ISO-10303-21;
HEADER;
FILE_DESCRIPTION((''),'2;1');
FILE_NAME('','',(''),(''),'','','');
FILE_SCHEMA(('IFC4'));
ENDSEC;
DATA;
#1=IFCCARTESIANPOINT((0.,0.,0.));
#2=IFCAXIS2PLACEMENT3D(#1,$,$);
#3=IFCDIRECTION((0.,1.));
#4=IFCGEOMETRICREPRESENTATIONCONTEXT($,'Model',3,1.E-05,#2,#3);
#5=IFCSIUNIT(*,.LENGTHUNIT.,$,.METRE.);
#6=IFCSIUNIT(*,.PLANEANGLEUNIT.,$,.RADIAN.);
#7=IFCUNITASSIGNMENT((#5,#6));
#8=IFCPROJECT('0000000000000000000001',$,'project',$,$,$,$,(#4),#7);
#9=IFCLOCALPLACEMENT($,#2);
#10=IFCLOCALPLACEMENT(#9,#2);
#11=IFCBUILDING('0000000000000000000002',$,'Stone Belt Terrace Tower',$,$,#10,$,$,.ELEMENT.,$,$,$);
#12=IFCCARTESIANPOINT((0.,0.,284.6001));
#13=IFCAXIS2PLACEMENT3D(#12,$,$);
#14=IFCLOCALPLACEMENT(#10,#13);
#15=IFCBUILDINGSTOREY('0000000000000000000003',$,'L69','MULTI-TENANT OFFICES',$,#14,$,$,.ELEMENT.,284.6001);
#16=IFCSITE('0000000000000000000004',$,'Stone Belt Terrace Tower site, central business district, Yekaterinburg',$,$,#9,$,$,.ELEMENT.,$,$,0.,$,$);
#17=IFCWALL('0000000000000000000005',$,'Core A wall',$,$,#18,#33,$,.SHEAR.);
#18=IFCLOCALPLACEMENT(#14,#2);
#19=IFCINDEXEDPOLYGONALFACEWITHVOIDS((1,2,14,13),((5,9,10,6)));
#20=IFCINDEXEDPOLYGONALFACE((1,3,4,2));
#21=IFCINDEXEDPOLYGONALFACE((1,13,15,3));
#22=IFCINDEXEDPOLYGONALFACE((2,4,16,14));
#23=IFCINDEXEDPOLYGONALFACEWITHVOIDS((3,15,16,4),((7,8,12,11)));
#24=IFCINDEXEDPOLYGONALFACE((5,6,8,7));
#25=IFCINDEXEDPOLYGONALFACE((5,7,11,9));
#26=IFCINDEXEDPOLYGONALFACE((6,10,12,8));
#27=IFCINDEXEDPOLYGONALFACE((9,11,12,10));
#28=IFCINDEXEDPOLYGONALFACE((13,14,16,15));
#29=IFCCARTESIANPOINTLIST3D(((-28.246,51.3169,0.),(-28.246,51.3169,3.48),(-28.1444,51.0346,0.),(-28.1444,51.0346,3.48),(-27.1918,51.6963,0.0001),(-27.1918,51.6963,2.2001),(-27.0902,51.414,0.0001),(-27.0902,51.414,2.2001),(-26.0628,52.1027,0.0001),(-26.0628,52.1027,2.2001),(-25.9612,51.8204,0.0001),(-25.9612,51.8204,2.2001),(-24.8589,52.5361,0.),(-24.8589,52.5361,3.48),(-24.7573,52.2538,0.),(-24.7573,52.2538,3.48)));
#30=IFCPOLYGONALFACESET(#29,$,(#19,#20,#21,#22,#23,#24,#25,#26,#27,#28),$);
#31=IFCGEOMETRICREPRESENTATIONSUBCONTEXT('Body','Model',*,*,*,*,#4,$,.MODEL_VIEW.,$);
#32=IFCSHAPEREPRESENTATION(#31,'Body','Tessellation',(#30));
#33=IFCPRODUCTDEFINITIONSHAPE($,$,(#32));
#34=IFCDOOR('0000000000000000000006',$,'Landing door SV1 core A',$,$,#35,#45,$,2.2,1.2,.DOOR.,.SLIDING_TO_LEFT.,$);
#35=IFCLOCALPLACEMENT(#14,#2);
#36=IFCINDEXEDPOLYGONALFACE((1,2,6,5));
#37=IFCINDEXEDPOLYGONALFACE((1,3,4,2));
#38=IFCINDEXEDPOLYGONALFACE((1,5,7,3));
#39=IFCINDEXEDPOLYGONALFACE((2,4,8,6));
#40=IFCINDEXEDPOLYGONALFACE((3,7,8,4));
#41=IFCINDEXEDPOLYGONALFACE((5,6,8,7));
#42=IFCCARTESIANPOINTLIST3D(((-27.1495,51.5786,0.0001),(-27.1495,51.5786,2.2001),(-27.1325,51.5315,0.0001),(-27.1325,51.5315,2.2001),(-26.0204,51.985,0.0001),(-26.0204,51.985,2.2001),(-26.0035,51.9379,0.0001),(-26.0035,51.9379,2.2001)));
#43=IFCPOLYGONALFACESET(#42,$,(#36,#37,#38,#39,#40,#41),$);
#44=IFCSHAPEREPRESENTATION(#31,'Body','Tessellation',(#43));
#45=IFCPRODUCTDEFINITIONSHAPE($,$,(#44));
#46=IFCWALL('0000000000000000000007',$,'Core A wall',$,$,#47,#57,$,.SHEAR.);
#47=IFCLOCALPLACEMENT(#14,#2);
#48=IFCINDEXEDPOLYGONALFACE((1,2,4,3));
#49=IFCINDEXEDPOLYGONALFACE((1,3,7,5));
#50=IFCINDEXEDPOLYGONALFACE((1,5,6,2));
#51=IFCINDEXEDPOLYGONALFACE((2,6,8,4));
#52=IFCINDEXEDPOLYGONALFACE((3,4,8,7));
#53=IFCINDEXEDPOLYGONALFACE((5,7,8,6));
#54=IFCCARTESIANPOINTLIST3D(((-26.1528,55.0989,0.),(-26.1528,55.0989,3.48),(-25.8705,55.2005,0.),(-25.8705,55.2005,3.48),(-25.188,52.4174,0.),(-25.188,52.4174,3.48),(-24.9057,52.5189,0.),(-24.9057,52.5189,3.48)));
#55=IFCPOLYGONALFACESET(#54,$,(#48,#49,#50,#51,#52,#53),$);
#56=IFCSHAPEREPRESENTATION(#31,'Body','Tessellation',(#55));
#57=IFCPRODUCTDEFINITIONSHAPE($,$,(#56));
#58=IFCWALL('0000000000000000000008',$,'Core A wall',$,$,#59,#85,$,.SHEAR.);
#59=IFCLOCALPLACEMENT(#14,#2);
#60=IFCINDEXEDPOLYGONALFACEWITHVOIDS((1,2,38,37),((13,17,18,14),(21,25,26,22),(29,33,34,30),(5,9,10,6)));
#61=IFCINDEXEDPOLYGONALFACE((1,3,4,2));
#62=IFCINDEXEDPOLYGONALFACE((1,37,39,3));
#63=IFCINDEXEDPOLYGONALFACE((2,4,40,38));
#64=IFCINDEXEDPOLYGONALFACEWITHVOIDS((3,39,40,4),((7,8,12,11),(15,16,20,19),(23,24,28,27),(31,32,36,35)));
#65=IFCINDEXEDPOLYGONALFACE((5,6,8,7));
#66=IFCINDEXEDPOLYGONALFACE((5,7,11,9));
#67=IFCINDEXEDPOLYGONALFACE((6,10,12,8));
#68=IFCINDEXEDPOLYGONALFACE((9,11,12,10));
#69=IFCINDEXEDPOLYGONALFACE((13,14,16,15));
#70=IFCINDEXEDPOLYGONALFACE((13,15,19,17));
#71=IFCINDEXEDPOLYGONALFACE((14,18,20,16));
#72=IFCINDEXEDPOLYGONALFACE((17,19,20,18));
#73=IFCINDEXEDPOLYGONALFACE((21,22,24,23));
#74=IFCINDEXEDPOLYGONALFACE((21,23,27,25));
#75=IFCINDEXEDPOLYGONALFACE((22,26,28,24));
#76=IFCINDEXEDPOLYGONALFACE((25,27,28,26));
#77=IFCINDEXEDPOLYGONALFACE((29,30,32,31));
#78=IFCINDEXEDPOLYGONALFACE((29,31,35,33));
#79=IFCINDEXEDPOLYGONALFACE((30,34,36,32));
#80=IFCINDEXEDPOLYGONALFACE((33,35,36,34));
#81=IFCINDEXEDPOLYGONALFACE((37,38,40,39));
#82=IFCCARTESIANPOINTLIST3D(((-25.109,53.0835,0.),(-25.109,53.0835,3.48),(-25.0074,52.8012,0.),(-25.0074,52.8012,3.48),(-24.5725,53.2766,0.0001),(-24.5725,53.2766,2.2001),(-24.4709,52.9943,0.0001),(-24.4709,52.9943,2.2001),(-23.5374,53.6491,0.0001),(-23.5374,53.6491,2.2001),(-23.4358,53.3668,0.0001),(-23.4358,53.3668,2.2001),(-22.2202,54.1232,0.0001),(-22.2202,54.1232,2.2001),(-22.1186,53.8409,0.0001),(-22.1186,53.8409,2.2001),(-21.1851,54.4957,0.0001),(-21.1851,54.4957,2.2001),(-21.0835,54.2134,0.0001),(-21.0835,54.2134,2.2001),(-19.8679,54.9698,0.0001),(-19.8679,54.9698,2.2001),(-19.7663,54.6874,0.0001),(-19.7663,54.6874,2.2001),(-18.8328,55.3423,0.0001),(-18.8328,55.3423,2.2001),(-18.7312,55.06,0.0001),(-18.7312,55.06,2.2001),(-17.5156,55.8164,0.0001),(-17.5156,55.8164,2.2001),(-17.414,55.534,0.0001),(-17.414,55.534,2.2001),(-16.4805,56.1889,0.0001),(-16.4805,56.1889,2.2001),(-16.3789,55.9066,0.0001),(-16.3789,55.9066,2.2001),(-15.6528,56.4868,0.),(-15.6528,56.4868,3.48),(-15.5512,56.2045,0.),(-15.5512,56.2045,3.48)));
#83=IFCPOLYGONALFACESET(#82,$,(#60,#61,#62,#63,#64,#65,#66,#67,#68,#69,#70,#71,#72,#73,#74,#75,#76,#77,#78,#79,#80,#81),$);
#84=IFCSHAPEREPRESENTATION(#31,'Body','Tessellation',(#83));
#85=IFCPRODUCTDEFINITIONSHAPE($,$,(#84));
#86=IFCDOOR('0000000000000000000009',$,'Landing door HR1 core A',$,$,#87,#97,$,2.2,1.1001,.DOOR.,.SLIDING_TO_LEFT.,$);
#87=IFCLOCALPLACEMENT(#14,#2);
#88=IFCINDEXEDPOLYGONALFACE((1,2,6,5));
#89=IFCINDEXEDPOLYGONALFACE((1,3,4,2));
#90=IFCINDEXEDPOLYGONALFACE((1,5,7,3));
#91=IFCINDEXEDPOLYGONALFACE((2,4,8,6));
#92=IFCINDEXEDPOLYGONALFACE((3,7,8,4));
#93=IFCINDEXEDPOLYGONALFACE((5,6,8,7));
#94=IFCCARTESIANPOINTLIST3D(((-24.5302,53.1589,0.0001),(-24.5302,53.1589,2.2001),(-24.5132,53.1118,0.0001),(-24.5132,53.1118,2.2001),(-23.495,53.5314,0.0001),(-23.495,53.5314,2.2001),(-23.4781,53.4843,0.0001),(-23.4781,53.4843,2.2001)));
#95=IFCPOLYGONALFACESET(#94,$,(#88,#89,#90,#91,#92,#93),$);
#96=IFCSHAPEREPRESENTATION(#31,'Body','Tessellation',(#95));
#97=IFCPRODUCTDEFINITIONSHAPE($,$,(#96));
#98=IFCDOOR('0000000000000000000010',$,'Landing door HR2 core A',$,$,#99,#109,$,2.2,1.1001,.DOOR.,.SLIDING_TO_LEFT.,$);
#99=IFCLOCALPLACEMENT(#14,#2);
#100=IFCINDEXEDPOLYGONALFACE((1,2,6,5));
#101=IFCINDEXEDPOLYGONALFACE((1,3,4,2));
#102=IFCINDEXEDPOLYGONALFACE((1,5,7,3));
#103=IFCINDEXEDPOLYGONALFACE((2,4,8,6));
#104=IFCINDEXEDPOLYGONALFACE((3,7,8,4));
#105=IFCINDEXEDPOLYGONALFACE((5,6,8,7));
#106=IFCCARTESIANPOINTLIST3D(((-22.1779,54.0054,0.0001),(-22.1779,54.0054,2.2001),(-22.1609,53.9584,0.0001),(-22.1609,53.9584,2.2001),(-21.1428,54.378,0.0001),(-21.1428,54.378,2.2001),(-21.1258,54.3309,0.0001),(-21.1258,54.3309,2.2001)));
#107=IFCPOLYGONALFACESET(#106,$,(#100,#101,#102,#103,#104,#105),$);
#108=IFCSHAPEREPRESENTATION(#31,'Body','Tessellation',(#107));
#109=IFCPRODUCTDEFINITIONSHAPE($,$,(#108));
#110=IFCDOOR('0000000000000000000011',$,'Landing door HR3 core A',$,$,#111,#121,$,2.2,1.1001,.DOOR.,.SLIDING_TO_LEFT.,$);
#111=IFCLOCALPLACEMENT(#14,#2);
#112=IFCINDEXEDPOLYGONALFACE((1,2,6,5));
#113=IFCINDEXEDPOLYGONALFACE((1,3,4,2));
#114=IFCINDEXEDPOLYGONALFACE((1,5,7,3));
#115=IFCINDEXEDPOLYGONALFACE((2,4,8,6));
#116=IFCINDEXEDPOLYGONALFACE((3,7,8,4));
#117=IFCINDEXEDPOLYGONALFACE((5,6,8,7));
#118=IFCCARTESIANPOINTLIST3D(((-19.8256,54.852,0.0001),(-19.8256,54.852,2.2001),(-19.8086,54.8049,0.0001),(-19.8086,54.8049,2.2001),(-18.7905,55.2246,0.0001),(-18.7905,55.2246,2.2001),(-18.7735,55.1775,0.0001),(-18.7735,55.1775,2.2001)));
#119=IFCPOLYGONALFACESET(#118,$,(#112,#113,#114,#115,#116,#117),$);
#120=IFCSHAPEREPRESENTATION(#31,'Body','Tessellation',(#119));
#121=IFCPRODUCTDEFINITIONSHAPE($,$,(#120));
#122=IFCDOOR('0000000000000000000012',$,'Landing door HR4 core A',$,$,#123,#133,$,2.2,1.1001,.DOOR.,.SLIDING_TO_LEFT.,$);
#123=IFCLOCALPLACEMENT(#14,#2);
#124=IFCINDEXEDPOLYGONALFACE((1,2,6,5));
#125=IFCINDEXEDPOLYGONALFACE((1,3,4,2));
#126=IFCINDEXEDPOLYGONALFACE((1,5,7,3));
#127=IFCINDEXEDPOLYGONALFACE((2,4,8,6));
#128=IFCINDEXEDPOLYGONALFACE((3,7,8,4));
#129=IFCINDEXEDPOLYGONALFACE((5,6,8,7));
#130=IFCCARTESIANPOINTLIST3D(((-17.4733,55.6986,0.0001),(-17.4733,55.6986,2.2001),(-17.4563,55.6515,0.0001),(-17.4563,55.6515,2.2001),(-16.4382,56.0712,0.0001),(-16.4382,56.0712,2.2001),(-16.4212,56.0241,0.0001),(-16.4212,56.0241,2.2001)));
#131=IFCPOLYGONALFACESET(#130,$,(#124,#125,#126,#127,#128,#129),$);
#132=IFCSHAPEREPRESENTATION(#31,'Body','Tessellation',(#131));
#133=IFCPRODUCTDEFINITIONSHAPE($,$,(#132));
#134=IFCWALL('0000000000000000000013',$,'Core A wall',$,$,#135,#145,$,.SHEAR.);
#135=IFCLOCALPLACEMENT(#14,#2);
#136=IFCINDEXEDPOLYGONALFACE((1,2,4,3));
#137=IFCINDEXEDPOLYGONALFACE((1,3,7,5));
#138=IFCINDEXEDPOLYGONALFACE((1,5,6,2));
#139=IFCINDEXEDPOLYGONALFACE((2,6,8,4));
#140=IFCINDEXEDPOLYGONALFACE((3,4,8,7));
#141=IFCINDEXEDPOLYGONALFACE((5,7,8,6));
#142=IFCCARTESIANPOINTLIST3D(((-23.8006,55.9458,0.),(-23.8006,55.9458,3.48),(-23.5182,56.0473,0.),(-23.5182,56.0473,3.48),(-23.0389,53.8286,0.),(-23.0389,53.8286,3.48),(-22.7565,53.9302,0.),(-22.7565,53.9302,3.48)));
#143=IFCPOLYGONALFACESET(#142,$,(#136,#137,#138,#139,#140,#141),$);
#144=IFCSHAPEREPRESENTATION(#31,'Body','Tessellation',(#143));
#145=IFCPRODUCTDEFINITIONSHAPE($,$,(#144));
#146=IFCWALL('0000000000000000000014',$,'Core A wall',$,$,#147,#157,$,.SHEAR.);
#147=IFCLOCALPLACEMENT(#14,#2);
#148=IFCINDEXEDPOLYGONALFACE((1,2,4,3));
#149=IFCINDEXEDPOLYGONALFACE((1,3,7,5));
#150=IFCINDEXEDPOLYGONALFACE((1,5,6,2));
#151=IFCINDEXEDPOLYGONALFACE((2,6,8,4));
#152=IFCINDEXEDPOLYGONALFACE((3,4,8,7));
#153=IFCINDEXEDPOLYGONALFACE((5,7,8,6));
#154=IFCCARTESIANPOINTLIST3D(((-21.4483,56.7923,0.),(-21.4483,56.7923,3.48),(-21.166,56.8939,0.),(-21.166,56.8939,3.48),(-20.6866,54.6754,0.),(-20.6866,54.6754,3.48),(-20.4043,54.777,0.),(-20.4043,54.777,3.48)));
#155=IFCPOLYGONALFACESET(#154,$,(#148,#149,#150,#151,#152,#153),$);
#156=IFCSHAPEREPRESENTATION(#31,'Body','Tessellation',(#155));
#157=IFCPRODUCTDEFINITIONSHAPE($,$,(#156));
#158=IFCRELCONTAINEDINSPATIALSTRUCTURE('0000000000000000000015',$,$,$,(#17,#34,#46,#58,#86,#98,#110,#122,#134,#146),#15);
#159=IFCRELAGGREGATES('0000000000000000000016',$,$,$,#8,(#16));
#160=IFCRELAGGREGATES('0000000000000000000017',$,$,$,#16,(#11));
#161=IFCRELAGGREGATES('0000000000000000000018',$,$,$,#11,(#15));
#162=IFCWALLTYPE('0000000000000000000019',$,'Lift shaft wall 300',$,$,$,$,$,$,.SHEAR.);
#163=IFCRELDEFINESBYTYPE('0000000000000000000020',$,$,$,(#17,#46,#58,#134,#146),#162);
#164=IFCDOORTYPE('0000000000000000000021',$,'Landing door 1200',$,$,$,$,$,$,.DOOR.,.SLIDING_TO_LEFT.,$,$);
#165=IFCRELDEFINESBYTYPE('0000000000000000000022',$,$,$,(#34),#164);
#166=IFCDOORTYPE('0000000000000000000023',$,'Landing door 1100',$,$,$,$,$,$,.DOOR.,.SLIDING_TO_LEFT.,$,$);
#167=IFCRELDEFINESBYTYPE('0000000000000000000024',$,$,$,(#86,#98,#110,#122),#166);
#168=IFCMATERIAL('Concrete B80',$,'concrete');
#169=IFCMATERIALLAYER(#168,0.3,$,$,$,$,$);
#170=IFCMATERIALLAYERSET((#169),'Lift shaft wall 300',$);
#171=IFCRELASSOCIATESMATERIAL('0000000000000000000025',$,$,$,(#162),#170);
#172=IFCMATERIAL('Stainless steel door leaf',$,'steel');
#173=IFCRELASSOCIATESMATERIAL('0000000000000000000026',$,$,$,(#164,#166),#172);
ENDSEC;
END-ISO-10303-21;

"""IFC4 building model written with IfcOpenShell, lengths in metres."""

from ifc_helpers import new_model, si_unit, direction, frame, frame_2d, origin, place, context, subcontext, project, spatial, rectangle, extrude, material, layer, layer_set, type_object, element, fill, save


model = new_model("IFC4")

# Units and contexts
model_context = context("Model", 3, precision=1e-05, world=origin(), true_north=direction((0.0, 1.0)))
body_context = subcontext(model_context, "Body", "Model", "MODEL_VIEW")
ifc_project = project(units=[si_unit("LENGTHUNIT", "METRE"), si_unit("PLANEANGLEUNIT", "RADIAN")], contexts=[model_context])

# Site, building, storey
site_placement = place(None, origin())
site = spatial("IfcSite", under=ifc_project, at=site_placement, Name="Stone Belt Terrace Tower site, central business district, Yekaterinburg", CompositionType="ELEMENT", RefElevation=0.0)
building_placement = place(site_placement, origin())
building = spatial("IfcBuilding", under=site, at=building_placement, Name="Stone Belt Terrace Tower", CompositionType="ELEMENT")
storey_placement = place(building_placement, frame((0.0, 0.0, 284.6001)))
storey = spatial("IfcBuildingStorey", under=building, at=storey_placement, Name="L69", Description="MULTI-TENANT OFFICES", CompositionType="ELEMENT", Elevation=284.6001)

# Shared definitions
ifc_material_1 = material(Name="Concrete B80", Category="concrete")

# Wall, opening, door
ifc_layer_1 = layer(ifc_material_1, 0.3)
ifc_layer_set_1 = layer_set([ifc_layer_1], Name="Lift shaft wall 300")
wall_type_1 = type_object("IfcWallType", Name="Lift shaft wall 300", PredefinedType="SHEAR", material=ifc_layer_set_1)
wall_1_placement = place(storey_placement, frame((-28.1951, 51.1758, 0.0), z_axis=(0.0, 0.0, 1.0), x_axis=(0.940901, 0.338681, 0.0)))
wall_1 = element("IfcWall", 1, at=wall_1_placement, inside=storey, type_object=wall_type_1, Name="Core A wall", PredefinedType="SHEAR", context=body_context, shape_type="SweptSolid", body=[
    extrude(rectangle(XDim=3.5999, YDim=0.3, at=frame_2d((1.7998, 0.0))), origin(), (0.0, 0.0, 1.0), 3.48),
])
opening_1_placement = place(wall_1_placement, frame((1.1201, 0.0, 0.0)))
opening_1 = element("IfcOpeningElement", 2, at=opening_1_placement, cuts=wall_1, PredefinedType="OPENING", context=body_context, shape_type="SweptSolid", body=[
    extrude(rectangle(XDim=1.2, YDim=2.2, at=frame_2d((0.6001, 1.1001))), frame((0.0, 0.1599, 0.0), z_axis=(0.0, -1.0, 0.0), x_axis=(1.0, 0.0, 0.0)), (0.0, 0.0, 1.0), 0.3201),
])
ifc_material_2 = material(Name="Stainless steel door leaf", Category="steel")
door_type_1 = type_object("IfcDoorType", Name="Landing door 1200", OperationType="SLIDING_TO_LEFT", PredefinedType="DOOR", material=ifc_material_2)
door_1_placement = place(opening_1_placement, origin())
door_1 = element("IfcDoor", 3, at=door_1_placement, inside=storey, type_object=door_type_1, Name="Landing door SV1 core A", OperationType="SLIDING_TO_LEFT", OverallHeight=2.2, OverallWidth=1.2, PredefinedType="DOOR", context=body_context, shape_type="SweptSolid", body=[
    extrude(rectangle(XDim=1.2, YDim=2.2, at=frame_2d((0.6001, 1.1001))), frame((0.0, 0.0249, 0.0), z_axis=(0.0, -1.0, 0.0), x_axis=(1.0, 0.0, 0.0)), (0.0, 0.0, 1.0), 0.05),
])
fill(opening_1, door_1)

# Wall
wall_2_placement = place(storey_placement, frame((-25.0469, 52.4683, 0.0), z_axis=(0.0, 0.0, 1.0), x_axis=(-0.33855, 0.940949, 0.0)))
element("IfcWall", 4, at=wall_2_placement, inside=storey, type_object=wall_type_1, Name="Core A wall", PredefinedType="SHEAR", context=body_context, shape_type="SweptSolid", body=[
    extrude(rectangle(XDim=2.8499, YDim=0.3, at=frame_2d((1.4248, 0.0))), origin(), (0.0, 0.0, 1.0), 3.48),
])

# Wall, openings, doors
wall_3_placement = place(storey_placement, frame((-25.0581, 52.9424, 0.0), z_axis=(0.0, 0.0, 1.0), x_axis=(0.940917, 0.338636, 0.0)))
wall_3 = element("IfcWall", 5, at=wall_3_placement, inside=storey, type_object=wall_type_1, Name="Core A wall", PredefinedType="SHEAR", context=body_context, shape_type="SweptSolid", body=[
    extrude(rectangle(XDim=10.05, YDim=0.3, at=frame_2d((5.0249, 0.0))), origin(), (0.0, 0.0, 1.0), 3.48),
])
opening_2_placement = place(wall_3_placement, frame((0.5701, 0.0, 0.0)))
opening_2 = element("IfcOpeningElement", 6, at=opening_2_placement, cuts=wall_3, PredefinedType="OPENING", context=body_context, shape_type="SweptSolid", body=[
    extrude(rectangle(XDim=1.1001, YDim=2.2, at=frame_2d((0.55, 1.1001))), frame((0.0, 0.1599, 0.0), z_axis=(0.0, -1.0, 0.0), x_axis=(1.0, 0.0, 0.0)), (0.0, 0.0, 1.0), 0.3201),
])
opening_3_placement = place(wall_3_placement, frame((3.0701, 0.0, 0.0)))
opening_3 = element("IfcOpeningElement", 7, at=opening_3_placement, cuts=wall_3, PredefinedType="OPENING", context=body_context, shape_type="SweptSolid", body=[
    extrude(rectangle(XDim=1.1001, YDim=2.2, at=frame_2d((0.55, 1.1001))), frame((0.0, 0.1599, 0.0), z_axis=(0.0, -1.0, 0.0), x_axis=(1.0, 0.0, 0.0)), (0.0, 0.0, 1.0), 0.3201),
])
opening_4_placement = place(wall_3_placement, frame((5.5701, 0.0, 0.0)))
opening_4 = element("IfcOpeningElement", 8, at=opening_4_placement, cuts=wall_3, PredefinedType="OPENING", context=body_context, shape_type="SweptSolid", body=[
    extrude(rectangle(XDim=1.1001, YDim=2.2, at=frame_2d((0.55, 1.1001))), frame((0.0, 0.1599, 0.0), z_axis=(0.0, -1.0, 0.0), x_axis=(1.0, 0.0, 0.0)), (0.0, 0.0, 1.0), 0.3201),
])
opening_5_placement = place(wall_3_placement, frame((8.0701, 0.0, 0.0)))
opening_5 = element("IfcOpeningElement", 9, at=opening_5_placement, cuts=wall_3, PredefinedType="OPENING", context=body_context, shape_type="SweptSolid", body=[
    extrude(rectangle(XDim=1.1001, YDim=2.2, at=frame_2d((0.55, 1.1001))), frame((0.0, 0.1599, 0.0), z_axis=(0.0, -1.0, 0.0), x_axis=(1.0, 0.0, 0.0)), (0.0, 0.0, 1.0), 0.3201),
])
door_type_2 = type_object("IfcDoorType", Name="Landing door 1100", OperationType="SLIDING_TO_LEFT", PredefinedType="DOOR", material=ifc_material_2)
door_2_placement = place(opening_2_placement, origin())
door_2 = element("IfcDoor", 10, at=door_2_placement, inside=storey, type_object=door_type_2, Name="Landing door HR1 core A", OperationType="SLIDING_TO_LEFT", OverallHeight=2.2, OverallWidth=1.1001, PredefinedType="DOOR", context=body_context, shape_type="SweptSolid", body=[
    extrude(rectangle(XDim=1.1001, YDim=2.2, at=frame_2d((0.55, 1.1001))), frame((0.0, 0.0249, 0.0), z_axis=(0.0, -1.0, 0.0), x_axis=(1.0, 0.0, 0.0)), (0.0, 0.0, 1.0), 0.05),
])
fill(opening_2, door_2)
door_3_placement = place(opening_3_placement, origin())
door_3 = element("IfcDoor", 11, at=door_3_placement, inside=storey, type_object=door_type_2, Name="Landing door HR2 core A", OperationType="SLIDING_TO_LEFT", OverallHeight=2.2, OverallWidth=1.1001, PredefinedType="DOOR", context=body_context, shape_type="SweptSolid", body=[
    extrude(rectangle(XDim=1.1001, YDim=2.2, at=frame_2d((0.55, 1.1001))), frame((0.0, 0.0249, 0.0), z_axis=(0.0, -1.0, 0.0), x_axis=(1.0, 0.0, 0.0)), (0.0, 0.0, 1.0), 0.05),
])
fill(opening_3, door_3)
door_4_placement = place(opening_4_placement, origin())
door_4 = element("IfcDoor", 12, at=door_4_placement, inside=storey, type_object=door_type_2, Name="Landing door HR3 core A", OperationType="SLIDING_TO_LEFT", OverallHeight=2.2, OverallWidth=1.1001, PredefinedType="DOOR", context=body_context, shape_type="SweptSolid", body=[
    extrude(rectangle(XDim=1.1001, YDim=2.2, at=frame_2d((0.55, 1.1001))), frame((0.0, 0.0249, 0.0), z_axis=(0.0, -1.0, 0.0), x_axis=(1.0, 0.0, 0.0)), (0.0, 0.0, 1.0), 0.05),
])
fill(opening_4, door_4)
door_5_placement = place(opening_5_placement, origin())
door_5 = element("IfcDoor", 13, at=door_5_placement, inside=storey, type_object=door_type_2, Name="Landing door HR4 core A", OperationType="SLIDING_TO_LEFT", OverallHeight=2.2, OverallWidth=1.1001, PredefinedType="DOOR", context=body_context, shape_type="SweptSolid", body=[
    extrude(rectangle(XDim=1.1001, YDim=2.2, at=frame_2d((0.55, 1.1001))), frame((0.0, 0.0249, 0.0), z_axis=(0.0, -1.0, 0.0), x_axis=(1.0, 0.0, 0.0)), (0.0, 0.0, 1.0), 0.05),
])
fill(opening_5, door_5)

# Walls
wall_4_placement = place(storey_placement, frame((-22.8977, 53.8794, 0.0), z_axis=(0.0, 0.0, 1.0), x_axis=(-0.338535, 0.940954, 0.0)))
element("IfcWall", 14, at=wall_4_placement, inside=storey, type_object=wall_type_1, Name="Core A wall", PredefinedType="SHEAR", context=body_context, shape_type="SweptSolid", body=[
    extrude(rectangle(XDim=2.25, YDim=0.3, at=frame_2d((1.125, 0.0))), origin(), (0.0, 0.0, 1.0), 3.48),
])
wall_5_placement = place(storey_placement, frame((-20.5454, 54.7261, 0.0), z_axis=(0.0, 0.0, 1.0), x_axis=(-0.33857, 0.940941, 0.0)))
element("IfcWall", 15, at=wall_5_placement, inside=storey, type_object=wall_type_1, Name="Core A wall", PredefinedType="SHEAR", context=body_context, shape_type="SweptSolid", body=[
    extrude(rectangle(XDim=2.2498, YDim=0.3, at=frame_2d((1.125, 0.0))), origin(), (0.0, 0.0, 1.0), 3.48),
])

save(model, "model.ifc")
